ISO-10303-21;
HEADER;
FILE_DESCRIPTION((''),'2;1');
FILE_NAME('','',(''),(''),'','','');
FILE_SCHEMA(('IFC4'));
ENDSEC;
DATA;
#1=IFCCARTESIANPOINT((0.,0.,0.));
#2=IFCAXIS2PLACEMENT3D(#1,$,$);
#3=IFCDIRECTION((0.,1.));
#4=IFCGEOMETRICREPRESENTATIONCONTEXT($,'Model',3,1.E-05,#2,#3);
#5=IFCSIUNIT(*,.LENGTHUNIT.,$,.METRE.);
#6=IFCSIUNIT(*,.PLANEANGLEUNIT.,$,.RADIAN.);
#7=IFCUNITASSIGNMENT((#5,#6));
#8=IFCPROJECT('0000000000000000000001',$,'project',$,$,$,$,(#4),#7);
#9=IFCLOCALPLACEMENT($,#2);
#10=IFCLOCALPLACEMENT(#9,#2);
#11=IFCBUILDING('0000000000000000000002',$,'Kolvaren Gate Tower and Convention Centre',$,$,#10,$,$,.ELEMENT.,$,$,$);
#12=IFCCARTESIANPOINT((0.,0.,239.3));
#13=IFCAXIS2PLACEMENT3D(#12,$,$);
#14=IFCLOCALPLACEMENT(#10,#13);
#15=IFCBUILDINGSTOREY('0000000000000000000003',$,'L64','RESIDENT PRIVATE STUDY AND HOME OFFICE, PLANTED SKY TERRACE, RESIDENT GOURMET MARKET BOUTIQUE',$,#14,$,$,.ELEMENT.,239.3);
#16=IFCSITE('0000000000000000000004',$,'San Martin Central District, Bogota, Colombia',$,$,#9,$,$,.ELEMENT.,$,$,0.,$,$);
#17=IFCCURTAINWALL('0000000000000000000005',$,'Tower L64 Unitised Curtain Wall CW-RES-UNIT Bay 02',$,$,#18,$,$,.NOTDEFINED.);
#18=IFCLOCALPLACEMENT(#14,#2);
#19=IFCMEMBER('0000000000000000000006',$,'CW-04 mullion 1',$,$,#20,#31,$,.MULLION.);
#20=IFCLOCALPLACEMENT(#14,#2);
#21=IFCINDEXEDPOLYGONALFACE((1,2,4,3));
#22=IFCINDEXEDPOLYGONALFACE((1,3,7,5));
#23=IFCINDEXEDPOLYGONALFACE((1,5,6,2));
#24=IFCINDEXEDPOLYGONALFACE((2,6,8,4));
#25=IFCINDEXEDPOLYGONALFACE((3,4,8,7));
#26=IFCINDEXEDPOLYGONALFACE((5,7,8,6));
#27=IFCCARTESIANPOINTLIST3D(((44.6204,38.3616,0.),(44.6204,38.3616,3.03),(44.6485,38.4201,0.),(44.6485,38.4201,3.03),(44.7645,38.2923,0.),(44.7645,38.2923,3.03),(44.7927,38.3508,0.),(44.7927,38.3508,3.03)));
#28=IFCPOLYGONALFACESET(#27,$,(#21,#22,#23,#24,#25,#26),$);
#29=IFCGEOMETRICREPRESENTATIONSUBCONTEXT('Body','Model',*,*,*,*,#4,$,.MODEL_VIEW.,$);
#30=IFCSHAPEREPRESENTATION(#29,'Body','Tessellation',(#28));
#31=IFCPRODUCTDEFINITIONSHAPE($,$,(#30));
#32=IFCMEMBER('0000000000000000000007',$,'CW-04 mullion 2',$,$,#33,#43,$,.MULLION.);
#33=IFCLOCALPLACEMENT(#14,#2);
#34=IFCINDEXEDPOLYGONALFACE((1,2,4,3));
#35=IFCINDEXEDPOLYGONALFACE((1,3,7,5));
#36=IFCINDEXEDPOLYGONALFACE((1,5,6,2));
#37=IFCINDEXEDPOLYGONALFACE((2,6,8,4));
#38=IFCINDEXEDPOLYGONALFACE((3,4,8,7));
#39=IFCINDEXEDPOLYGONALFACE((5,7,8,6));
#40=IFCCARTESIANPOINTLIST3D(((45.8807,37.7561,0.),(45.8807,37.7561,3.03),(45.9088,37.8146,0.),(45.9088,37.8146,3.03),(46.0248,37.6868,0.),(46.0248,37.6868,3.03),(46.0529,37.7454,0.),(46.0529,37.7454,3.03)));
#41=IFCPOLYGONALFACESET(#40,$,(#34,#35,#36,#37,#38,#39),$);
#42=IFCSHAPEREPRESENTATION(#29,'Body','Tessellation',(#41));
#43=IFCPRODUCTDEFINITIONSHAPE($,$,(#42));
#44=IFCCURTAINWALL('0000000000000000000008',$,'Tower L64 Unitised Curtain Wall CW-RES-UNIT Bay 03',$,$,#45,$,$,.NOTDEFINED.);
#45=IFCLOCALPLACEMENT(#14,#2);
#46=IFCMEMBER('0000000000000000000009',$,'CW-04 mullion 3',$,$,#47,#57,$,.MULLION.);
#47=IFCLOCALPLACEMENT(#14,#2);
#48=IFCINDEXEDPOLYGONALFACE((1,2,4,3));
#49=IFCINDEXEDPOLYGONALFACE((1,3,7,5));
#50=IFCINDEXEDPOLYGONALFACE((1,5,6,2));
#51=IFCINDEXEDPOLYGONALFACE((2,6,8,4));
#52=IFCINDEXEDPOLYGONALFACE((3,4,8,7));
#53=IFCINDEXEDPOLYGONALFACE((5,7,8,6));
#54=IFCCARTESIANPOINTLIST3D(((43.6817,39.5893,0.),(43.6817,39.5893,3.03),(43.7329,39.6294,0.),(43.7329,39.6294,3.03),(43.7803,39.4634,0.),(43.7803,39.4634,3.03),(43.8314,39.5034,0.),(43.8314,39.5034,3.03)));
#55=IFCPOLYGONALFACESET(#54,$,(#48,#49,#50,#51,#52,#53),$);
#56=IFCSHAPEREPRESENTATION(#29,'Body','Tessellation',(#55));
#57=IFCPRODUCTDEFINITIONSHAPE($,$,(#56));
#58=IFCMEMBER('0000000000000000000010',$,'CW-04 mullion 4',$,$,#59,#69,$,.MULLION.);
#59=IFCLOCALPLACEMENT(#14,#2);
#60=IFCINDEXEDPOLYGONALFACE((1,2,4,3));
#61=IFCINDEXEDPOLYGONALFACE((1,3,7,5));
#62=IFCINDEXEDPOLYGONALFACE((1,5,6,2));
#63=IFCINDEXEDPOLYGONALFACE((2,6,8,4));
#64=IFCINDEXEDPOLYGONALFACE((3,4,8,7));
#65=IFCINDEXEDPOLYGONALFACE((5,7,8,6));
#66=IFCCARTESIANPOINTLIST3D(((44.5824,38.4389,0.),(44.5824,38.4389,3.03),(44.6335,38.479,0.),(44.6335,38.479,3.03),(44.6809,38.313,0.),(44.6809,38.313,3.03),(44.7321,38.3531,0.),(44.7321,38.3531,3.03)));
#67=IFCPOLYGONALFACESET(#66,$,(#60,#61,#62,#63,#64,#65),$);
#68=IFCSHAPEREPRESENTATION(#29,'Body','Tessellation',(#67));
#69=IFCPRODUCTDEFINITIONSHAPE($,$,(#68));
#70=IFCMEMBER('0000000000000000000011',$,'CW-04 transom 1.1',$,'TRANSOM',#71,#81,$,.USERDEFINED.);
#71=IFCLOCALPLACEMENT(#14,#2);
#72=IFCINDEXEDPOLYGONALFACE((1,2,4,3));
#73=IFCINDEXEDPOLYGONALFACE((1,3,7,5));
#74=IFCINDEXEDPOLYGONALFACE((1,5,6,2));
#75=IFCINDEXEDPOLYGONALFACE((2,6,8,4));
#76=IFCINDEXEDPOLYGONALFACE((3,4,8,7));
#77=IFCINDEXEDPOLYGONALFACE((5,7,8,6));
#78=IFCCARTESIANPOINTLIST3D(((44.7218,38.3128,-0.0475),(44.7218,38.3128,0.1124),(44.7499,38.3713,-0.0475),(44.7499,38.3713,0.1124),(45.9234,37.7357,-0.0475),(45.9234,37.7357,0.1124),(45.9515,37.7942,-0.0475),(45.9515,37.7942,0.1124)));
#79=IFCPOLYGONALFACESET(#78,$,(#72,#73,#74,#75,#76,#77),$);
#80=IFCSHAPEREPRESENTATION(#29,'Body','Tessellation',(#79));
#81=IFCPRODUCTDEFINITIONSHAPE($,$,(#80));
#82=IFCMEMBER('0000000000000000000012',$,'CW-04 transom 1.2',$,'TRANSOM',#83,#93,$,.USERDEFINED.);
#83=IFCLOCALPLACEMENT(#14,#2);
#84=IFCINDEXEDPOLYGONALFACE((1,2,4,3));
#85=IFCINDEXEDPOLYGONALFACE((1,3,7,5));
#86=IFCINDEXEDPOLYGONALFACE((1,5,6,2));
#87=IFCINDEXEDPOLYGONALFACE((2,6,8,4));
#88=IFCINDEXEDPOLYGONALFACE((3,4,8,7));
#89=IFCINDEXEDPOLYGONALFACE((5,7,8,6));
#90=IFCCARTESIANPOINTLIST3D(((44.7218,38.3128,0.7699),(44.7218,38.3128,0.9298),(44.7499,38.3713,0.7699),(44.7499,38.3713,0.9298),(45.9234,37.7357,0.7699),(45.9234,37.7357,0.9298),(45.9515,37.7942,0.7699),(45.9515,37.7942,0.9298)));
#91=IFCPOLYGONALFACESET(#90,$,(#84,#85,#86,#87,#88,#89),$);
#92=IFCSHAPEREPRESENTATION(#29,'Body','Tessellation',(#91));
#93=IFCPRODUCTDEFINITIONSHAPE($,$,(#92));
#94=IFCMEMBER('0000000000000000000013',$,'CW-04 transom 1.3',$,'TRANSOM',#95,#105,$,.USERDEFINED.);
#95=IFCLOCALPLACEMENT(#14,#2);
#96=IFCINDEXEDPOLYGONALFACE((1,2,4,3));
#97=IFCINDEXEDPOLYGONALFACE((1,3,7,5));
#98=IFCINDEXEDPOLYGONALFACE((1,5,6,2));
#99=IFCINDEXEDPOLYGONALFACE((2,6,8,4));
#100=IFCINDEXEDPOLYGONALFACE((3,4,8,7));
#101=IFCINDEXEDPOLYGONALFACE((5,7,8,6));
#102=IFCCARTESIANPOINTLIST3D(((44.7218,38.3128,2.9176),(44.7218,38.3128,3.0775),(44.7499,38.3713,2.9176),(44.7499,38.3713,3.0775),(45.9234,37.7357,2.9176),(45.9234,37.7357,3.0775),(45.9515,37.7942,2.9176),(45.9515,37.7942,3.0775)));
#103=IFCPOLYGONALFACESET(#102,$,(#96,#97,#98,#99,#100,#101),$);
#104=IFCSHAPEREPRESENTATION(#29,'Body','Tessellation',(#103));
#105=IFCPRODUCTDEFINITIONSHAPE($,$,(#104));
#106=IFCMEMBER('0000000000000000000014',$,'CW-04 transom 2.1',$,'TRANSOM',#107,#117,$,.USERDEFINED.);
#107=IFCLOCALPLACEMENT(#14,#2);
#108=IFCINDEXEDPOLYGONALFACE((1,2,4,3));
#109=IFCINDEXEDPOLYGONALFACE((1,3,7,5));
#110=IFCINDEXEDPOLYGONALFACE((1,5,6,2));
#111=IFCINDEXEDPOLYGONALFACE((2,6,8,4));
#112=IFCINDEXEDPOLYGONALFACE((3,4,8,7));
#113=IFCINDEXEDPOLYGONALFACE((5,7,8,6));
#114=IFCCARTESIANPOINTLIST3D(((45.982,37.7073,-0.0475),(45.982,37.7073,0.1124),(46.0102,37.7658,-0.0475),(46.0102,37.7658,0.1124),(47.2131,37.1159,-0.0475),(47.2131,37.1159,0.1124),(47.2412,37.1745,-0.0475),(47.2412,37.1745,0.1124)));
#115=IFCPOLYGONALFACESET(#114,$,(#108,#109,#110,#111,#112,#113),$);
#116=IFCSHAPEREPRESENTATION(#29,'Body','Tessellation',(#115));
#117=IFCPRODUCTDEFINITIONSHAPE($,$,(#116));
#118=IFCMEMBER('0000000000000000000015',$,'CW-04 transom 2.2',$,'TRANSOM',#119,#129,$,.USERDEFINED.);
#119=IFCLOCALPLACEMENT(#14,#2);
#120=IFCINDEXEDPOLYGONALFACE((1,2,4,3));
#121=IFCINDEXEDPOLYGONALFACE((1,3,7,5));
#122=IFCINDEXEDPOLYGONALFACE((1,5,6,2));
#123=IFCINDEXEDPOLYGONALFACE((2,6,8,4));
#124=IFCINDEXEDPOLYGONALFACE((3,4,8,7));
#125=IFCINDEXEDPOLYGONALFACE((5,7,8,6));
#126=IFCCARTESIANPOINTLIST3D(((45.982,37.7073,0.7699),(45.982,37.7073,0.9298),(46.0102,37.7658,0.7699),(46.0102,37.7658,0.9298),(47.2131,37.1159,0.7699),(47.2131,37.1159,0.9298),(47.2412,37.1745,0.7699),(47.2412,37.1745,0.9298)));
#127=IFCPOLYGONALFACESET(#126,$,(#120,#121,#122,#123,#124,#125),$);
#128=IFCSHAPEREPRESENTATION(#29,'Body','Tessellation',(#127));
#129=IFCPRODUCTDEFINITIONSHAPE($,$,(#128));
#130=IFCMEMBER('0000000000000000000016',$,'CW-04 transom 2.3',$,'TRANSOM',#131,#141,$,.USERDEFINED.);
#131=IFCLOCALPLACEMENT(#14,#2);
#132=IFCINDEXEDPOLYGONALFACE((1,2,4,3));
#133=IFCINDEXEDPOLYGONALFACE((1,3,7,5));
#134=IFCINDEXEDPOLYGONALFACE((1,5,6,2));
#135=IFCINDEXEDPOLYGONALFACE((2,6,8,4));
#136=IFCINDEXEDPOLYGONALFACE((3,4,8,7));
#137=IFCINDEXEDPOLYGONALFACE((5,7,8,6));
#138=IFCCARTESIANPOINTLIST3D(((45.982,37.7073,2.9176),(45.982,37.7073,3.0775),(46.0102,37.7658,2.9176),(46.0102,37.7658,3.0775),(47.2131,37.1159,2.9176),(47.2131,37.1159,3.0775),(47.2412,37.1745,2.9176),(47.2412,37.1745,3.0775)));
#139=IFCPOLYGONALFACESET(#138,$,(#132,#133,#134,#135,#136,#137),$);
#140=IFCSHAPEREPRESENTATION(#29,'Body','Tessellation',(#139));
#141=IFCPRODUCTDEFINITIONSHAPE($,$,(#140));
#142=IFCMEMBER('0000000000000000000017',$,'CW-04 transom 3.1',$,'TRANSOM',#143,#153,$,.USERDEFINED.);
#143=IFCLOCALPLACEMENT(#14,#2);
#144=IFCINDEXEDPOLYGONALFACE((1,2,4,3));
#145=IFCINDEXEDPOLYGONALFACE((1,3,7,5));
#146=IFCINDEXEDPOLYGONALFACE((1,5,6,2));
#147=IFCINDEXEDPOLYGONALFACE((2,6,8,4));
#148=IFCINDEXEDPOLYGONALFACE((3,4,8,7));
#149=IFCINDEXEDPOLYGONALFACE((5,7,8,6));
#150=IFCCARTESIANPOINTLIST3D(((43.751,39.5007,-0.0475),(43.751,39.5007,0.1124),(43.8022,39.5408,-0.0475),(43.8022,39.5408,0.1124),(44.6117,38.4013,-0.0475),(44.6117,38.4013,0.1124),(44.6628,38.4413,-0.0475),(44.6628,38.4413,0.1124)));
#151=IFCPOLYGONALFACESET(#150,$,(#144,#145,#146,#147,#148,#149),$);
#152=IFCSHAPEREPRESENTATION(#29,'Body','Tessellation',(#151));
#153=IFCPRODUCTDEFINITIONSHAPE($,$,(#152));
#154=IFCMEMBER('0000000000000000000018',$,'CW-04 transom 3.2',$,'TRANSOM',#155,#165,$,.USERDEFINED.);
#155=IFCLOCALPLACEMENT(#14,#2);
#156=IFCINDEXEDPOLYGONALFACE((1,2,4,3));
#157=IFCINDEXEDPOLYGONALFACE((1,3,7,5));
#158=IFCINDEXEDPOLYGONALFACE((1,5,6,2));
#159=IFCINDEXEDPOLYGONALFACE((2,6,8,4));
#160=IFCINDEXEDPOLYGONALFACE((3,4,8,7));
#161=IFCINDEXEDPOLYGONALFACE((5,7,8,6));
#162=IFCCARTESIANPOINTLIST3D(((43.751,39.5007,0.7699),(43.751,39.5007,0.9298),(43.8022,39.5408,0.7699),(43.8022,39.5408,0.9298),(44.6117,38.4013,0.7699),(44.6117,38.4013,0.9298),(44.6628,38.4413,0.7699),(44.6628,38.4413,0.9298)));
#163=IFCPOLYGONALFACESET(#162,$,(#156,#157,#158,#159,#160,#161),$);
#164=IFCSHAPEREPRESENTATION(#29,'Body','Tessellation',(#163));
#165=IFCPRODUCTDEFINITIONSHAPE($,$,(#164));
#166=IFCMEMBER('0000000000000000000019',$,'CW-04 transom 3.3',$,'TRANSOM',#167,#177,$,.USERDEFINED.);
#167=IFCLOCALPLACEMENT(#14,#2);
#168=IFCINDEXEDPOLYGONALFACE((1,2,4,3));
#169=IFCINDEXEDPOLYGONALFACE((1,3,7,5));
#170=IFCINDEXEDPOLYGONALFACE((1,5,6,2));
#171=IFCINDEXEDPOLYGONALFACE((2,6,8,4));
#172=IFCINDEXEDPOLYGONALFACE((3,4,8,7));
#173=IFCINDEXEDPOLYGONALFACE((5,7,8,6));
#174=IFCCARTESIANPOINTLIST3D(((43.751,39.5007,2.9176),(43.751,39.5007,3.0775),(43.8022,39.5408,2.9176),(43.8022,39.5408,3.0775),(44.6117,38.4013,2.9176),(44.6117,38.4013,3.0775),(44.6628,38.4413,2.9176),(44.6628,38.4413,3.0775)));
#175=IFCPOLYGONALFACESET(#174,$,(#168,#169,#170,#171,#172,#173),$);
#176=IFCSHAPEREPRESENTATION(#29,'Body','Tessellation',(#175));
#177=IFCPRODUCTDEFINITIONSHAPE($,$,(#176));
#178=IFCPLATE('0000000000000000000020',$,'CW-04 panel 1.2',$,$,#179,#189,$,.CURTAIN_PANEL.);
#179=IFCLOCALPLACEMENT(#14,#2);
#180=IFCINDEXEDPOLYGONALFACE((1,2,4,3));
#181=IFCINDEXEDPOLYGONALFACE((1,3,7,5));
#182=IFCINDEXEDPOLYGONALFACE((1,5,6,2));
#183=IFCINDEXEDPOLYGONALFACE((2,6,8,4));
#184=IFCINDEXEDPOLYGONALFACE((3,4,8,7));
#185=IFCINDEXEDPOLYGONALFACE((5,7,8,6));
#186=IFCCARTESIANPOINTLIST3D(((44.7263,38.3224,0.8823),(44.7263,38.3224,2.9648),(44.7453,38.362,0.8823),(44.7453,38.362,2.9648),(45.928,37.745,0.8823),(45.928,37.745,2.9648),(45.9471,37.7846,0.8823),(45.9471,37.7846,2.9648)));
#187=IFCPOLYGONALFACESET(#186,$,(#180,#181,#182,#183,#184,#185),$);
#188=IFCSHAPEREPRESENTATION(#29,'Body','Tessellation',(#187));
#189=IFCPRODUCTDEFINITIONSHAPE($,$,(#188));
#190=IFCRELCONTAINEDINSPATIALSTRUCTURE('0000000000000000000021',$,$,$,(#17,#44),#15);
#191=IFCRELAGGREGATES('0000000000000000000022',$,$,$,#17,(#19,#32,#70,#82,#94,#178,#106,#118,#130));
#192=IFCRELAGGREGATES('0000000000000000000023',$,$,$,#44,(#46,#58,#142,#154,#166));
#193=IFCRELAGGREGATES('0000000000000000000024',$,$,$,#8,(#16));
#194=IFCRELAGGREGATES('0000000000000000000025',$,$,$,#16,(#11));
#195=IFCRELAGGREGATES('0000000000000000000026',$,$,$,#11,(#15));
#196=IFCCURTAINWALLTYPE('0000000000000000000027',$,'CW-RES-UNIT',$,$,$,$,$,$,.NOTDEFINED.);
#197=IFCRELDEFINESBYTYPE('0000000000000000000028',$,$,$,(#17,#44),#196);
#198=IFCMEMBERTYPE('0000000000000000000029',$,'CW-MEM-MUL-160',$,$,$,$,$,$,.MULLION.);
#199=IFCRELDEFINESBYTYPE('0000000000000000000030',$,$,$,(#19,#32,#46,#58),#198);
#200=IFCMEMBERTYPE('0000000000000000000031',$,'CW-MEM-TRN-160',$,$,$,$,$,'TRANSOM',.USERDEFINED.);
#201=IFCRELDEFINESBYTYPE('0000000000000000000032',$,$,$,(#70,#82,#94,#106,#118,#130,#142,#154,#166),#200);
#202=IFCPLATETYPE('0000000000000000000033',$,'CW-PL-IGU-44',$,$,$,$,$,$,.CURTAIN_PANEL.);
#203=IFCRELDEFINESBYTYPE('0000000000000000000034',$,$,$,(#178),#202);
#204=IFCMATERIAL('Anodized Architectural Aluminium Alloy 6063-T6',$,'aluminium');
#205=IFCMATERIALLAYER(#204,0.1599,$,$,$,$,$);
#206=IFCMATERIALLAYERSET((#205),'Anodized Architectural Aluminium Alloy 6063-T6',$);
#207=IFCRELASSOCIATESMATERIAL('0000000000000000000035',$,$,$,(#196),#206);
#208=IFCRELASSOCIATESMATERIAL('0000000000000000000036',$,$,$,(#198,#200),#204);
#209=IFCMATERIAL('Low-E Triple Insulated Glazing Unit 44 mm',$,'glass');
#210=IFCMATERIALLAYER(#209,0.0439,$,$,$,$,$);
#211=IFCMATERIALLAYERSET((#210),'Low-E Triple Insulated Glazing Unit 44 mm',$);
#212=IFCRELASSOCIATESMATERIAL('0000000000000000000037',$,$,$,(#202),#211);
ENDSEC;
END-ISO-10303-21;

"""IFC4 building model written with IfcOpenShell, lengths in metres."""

from ifc_helpers import new_model, si_unit, direction, frame, origin, origin_2d, place, context, subcontext, project, spatial, rectangle, extrude, material, layer, layer_set, material_profile, profile_set, type_object, element, aggregate, save


model = new_model("IFC4")

# Units and contexts
model_context = context("Model", 3, precision=1e-05, world=origin(), true_north=direction((0.0, 1.0)))
body_context = subcontext(model_context, "Body", "Model", "MODEL_VIEW")
ifc_project = project(units=[si_unit("LENGTHUNIT", "METRE"), si_unit("PLANEANGLEUNIT", "RADIAN")], contexts=[model_context])

# Site, building, storey
site_placement = place(None, origin())
site = spatial("IfcSite", under=ifc_project, at=site_placement, Name="San Martin Central District, Bogota, Colombia", CompositionType="ELEMENT", RefElevation=0.0)
building_placement = place(site_placement, origin())
building = spatial("IfcBuilding", under=site, at=building_placement, Name="Kolvaren Gate Tower and Convention Centre", CompositionType="ELEMENT")
storey_placement = place(building_placement, frame((0.0, 0.0, 239.3)))
storey = spatial("IfcBuildingStorey", under=building, at=storey_placement, Name="L64", Description="RESIDENT PRIVATE STUDY AND HOME OFFICE, PLANTED SKY TERRACE, RESIDENT GOURMET MARKET BOUTIQUE", CompositionType="ELEMENT", Elevation=239.3)

# Curtain walls, members
ifc_material_1 = material(Name="Anodized Architectural Aluminium Alloy 6063-T6", Category="aluminium")
ifc_layer_1 = layer(ifc_material_1, 0.1599)
ifc_layer_set_1 = layer_set([ifc_layer_1], Name="Anodized Architectural Aluminium Alloy 6063-T6")
curtain_wall_type = type_object("IfcCurtainWallType", Name="CW-RES-UNIT", PredefinedType="NOTDEFINED", material=ifc_layer_set_1)
curtain_wall_1_placement = place(storey_placement, origin())
curtain_wall_1 = element("IfcCurtainWall", 1, at=curtain_wall_1_placement, inside=storey, type_object=curtain_wall_type, Name="Tower L64 Unitised Curtain Wall CW-RES-UNIT Bay 02", PredefinedType="NOTDEFINED")
ifc_material_profile_1 = material_profile(ifc_material_1, rectangle(XDim=0.0649, YDim=0.1599, at=origin_2d()), Name="CW-MEM-MUL-160")
ifc_profile_set_1 = profile_set([ifc_material_profile_1], Name="Anodized Architectural Aluminium Alloy 6063-T6")
member_type_1 = type_object("IfcMemberType", Name="CW-MEM-MUL-160", PredefinedType="MULLION", material=ifc_profile_set_1)
member_1_placement = place(storey_placement, frame((44.7065, 38.3562, 0.0), z_axis=(0.0, 0.0, 1.0), x_axis=(0.433086, 0.901353, 0.0)))
member_1 = element("IfcMember", 2, at=member_1_placement, type_object=member_type_1, Name="CW-04 mullion 1", PredefinedType="MULLION", context=body_context, shape_type="SweptSolid", body=[
    extrude(rectangle(XDim=0.0649, YDim=0.1599, at=origin_2d()), origin(), (0.0, 0.0, 1.0), 3.03),
])
member_2_placement = place(storey_placement, frame((45.9668, 37.7507, 0.0), z_axis=(0.0, 0.0, 1.0), x_axis=(0.433086, 0.901353, 0.0)))
member_2 = element("IfcMember", 3, at=member_2_placement, type_object=member_type_1, Name="CW-04 mullion 2", PredefinedType="MULLION", context=body_context, shape_type="SweptSolid", body=[
    extrude(rectangle(XDim=0.0649, YDim=0.1599, at=origin_2d()), origin(), (0.0, 0.0, 1.0), 3.03),
])
curtain_wall_2_placement = place(storey_placement, origin())
curtain_wall_2 = element("IfcCurtainWall", 4, at=curtain_wall_2_placement, inside=storey, type_object=curtain_wall_type, Name="Tower L64 Unitised Curtain Wall CW-RES-UNIT Bay 03", PredefinedType="NOTDEFINED")
member_3_placement = place(storey_placement, frame((43.7566, 39.5464, 0.0), z_axis=(0.0, 0.0, 1.0), x_axis=(0.787403, 0.616439, 0.0)))
member_3 = element("IfcMember", 5, at=member_3_placement, type_object=member_type_1, Name="CW-04 mullion 3", PredefinedType="MULLION", context=body_context, shape_type="SweptSolid", body=[
    extrude(rectangle(XDim=0.0649, YDim=0.1599, at=origin_2d()), origin(), (0.0, 0.0, 1.0), 3.03),
])
member_4_placement = place(storey_placement, frame((44.6572, 38.396, 0.0), z_axis=(0.0, 0.0, 1.0), x_axis=(0.787403, 0.616439, 0.0)))
member_4 = element("IfcMember", 6, at=member_4_placement, type_object=member_type_1, Name="CW-04 mullion 4", PredefinedType="MULLION", context=body_context, shape_type="SweptSolid", body=[
    extrude(rectangle(XDim=0.0649, YDim=0.1599, at=origin_2d()), origin(), (0.0, 0.0, 1.0), 3.03),
])

# Members
ifc_material_profile_2 = material_profile(ifc_material_1, rectangle(XDim=0.0649, YDim=0.1599, at=origin_2d()), Name="CW-MEM-TRN-160")
ifc_profile_set_2 = profile_set([ifc_material_profile_2], Name="Anodized Architectural Aluminium Alloy 6063-T6")
member_type_2 = type_object("IfcMemberType", Name="CW-MEM-TRN-160", ElementType="TRANSOM", PredefinedType="USERDEFINED", material=ifc_profile_set_2)
member_5_placement = place(storey_placement, frame((44.7358, 38.342, 0.0325), z_axis=(0.90142, -0.432945, 0.0), x_axis=(0.432945, 0.90142, 0.0)))
member_5 = element("IfcMember", 7, at=member_5_placement, type_object=member_type_2, Name="CW-04 transom 1.1", ObjectType="TRANSOM", PredefinedType="USERDEFINED", context=body_context, shape_type="SweptSolid", body=[
    extrude(rectangle(XDim=0.0649, YDim=0.1599, at=origin_2d()), origin(), (0.0, 0.0, 1.0), 1.333),
])
member_6_placement = place(storey_placement, frame((44.7358, 38.342, 0.8499), z_axis=(0.90142, -0.432945, 0.0), x_axis=(0.432945, 0.90142, 0.0)))
member_6 = element("IfcMember", 8, at=member_6_placement, type_object=member_type_2, Name="CW-04 transom 1.2", ObjectType="TRANSOM", PredefinedType="USERDEFINED", context=body_context, shape_type="SweptSolid", body=[
    extrude(rectangle(XDim=0.0649, YDim=0.1599, at=origin_2d()), origin(), (0.0, 0.0, 1.0), 1.333),
])
member_7_placement = place(storey_placement, frame((44.7358, 38.342, 2.9976), z_axis=(0.90142, -0.432945, 0.0), x_axis=(0.432945, 0.90142, 0.0)))
member_7 = element("IfcMember", 9, at=member_7_placement, type_object=member_type_2, Name="CW-04 transom 1.3", ObjectType="TRANSOM", PredefinedType="USERDEFINED", context=body_context, shape_type="SweptSolid", body=[
    extrude(rectangle(XDim=0.0649, YDim=0.1599, at=origin_2d()), origin(), (0.0, 0.0, 1.0), 1.333),
])
member_8_placement = place(storey_placement, frame((45.9961, 37.7366, 0.0325), z_axis=(0.901395, -0.432998, 0.0), x_axis=(0.432998, 0.901395, 0.0)))
member_8 = element("IfcMember", 10, at=member_8_placement, type_object=member_type_2, Name="CW-04 transom 2.1", ObjectType="TRANSOM", PredefinedType="USERDEFINED", context=body_context, shape_type="SweptSolid", body=[
    extrude(rectangle(XDim=0.0649, YDim=0.1599, at=origin_2d()), origin(), (0.0, 0.0, 1.0), 1.3657),
])
member_9_placement = place(storey_placement, frame((45.9961, 37.7366, 0.8499), z_axis=(0.901395, -0.432998, 0.0), x_axis=(0.432998, 0.901395, 0.0)))
member_9 = element("IfcMember", 11, at=member_9_placement, type_object=member_type_2, Name="CW-04 transom 2.2", ObjectType="TRANSOM", PredefinedType="USERDEFINED", context=body_context, shape_type="SweptSolid", body=[
    extrude(rectangle(XDim=0.0649, YDim=0.1599, at=origin_2d()), origin(), (0.0, 0.0, 1.0), 1.3657),
])
member_10_placement = place(storey_placement, frame((45.9961, 37.7366, 2.9976), z_axis=(0.901395, -0.432998, 0.0), x_axis=(0.432998, 0.901395, 0.0)))
member_10 = element("IfcMember", 12, at=member_10_placement, type_object=member_type_2, Name="CW-04 transom 2.3", ObjectType="TRANSOM", PredefinedType="USERDEFINED", context=body_context, shape_type="SweptSolid", body=[
    extrude(rectangle(XDim=0.0649, YDim=0.1599, at=origin_2d()), origin(), (0.0, 0.0, 1.0), 1.3657),
])
member_11_placement = place(storey_placement, frame((43.7766, 39.5208, 0.0325), z_axis=(0.616407, -0.787428, 0.0), x_axis=(0.787428, 0.616407, 0.0)))
member_11 = element("IfcMember", 13, at=member_11_placement, type_object=member_type_2, Name="CW-04 transom 3.1", ObjectType="TRANSOM", PredefinedType="USERDEFINED", context=body_context, shape_type="SweptSolid", body=[
    extrude(rectangle(XDim=0.0649, YDim=0.1599, at=origin_2d()), origin(), (0.0, 0.0, 1.0), 1.3962),
])
member_12_placement = place(storey_placement, frame((43.7766, 39.5208, 0.8499), z_axis=(0.616407, -0.787428, 0.0), x_axis=(0.787428, 0.616407, 0.0)))
member_12 = element("IfcMember", 14, at=member_12_placement, type_object=member_type_2, Name="CW-04 transom 3.2", ObjectType="TRANSOM", PredefinedType="USERDEFINED", context=body_context, shape_type="SweptSolid", body=[
    extrude(rectangle(XDim=0.0649, YDim=0.1599, at=origin_2d()), origin(), (0.0, 0.0, 1.0), 1.3962),
])
member_13_placement = place(storey_placement, frame((43.7766, 39.5208, 2.9976), z_axis=(0.616407, -0.787428, 0.0), x_axis=(0.787428, 0.616407, 0.0)))
member_13 = element("IfcMember", 15, at=member_13_placement, type_object=member_type_2, Name="CW-04 transom 3.3", ObjectType="TRANSOM", PredefinedType="USERDEFINED", context=body_context, shape_type="SweptSolid", body=[
    extrude(rectangle(XDim=0.0649, YDim=0.1599, at=origin_2d()), origin(), (0.0, 0.0, 1.0), 1.3962),
])

# Plate
ifc_material_2 = material(Name="Low-E Triple Insulated Glazing Unit 44 mm", Category="glass")
ifc_layer_2 = layer(ifc_material_2, 0.0439)
ifc_layer_set_2 = layer_set([ifc_layer_2], Name="Low-E Triple Insulated Glazing Unit 44 mm")
plate_type_1 = type_object("IfcPlateType", Name="CW-PL-IGU-44", PredefinedType="CURTAIN_PANEL", material=ifc_layer_set_2)
plate_1_placement = place(storey_placement, frame((45.3367, 38.0535, 0.8823), z_axis=(0.0, 0.0, 1.0), x_axis=(0.901353, -0.433086, 0.0)))
plate_1 = element("IfcPlate", 16, at=plate_1_placement, type_object=plate_type_1, Name="CW-04 panel 1.2", PredefinedType="CURTAIN_PANEL", context=body_context, shape_type="SweptSolid", body=[
    extrude(rectangle(XDim=1.3333, YDim=0.0439, at=origin_2d()), origin(), (0.0, 0.0, 1.0), 2.0825),
])
aggregate(curtain_wall_1, [member_1, member_2, member_5, member_6, member_7, plate_1, member_8, member_9, member_10])
aggregate(curtain_wall_2, [member_3, member_4, member_11, member_12, member_13])

save(model, "model.ifc")
